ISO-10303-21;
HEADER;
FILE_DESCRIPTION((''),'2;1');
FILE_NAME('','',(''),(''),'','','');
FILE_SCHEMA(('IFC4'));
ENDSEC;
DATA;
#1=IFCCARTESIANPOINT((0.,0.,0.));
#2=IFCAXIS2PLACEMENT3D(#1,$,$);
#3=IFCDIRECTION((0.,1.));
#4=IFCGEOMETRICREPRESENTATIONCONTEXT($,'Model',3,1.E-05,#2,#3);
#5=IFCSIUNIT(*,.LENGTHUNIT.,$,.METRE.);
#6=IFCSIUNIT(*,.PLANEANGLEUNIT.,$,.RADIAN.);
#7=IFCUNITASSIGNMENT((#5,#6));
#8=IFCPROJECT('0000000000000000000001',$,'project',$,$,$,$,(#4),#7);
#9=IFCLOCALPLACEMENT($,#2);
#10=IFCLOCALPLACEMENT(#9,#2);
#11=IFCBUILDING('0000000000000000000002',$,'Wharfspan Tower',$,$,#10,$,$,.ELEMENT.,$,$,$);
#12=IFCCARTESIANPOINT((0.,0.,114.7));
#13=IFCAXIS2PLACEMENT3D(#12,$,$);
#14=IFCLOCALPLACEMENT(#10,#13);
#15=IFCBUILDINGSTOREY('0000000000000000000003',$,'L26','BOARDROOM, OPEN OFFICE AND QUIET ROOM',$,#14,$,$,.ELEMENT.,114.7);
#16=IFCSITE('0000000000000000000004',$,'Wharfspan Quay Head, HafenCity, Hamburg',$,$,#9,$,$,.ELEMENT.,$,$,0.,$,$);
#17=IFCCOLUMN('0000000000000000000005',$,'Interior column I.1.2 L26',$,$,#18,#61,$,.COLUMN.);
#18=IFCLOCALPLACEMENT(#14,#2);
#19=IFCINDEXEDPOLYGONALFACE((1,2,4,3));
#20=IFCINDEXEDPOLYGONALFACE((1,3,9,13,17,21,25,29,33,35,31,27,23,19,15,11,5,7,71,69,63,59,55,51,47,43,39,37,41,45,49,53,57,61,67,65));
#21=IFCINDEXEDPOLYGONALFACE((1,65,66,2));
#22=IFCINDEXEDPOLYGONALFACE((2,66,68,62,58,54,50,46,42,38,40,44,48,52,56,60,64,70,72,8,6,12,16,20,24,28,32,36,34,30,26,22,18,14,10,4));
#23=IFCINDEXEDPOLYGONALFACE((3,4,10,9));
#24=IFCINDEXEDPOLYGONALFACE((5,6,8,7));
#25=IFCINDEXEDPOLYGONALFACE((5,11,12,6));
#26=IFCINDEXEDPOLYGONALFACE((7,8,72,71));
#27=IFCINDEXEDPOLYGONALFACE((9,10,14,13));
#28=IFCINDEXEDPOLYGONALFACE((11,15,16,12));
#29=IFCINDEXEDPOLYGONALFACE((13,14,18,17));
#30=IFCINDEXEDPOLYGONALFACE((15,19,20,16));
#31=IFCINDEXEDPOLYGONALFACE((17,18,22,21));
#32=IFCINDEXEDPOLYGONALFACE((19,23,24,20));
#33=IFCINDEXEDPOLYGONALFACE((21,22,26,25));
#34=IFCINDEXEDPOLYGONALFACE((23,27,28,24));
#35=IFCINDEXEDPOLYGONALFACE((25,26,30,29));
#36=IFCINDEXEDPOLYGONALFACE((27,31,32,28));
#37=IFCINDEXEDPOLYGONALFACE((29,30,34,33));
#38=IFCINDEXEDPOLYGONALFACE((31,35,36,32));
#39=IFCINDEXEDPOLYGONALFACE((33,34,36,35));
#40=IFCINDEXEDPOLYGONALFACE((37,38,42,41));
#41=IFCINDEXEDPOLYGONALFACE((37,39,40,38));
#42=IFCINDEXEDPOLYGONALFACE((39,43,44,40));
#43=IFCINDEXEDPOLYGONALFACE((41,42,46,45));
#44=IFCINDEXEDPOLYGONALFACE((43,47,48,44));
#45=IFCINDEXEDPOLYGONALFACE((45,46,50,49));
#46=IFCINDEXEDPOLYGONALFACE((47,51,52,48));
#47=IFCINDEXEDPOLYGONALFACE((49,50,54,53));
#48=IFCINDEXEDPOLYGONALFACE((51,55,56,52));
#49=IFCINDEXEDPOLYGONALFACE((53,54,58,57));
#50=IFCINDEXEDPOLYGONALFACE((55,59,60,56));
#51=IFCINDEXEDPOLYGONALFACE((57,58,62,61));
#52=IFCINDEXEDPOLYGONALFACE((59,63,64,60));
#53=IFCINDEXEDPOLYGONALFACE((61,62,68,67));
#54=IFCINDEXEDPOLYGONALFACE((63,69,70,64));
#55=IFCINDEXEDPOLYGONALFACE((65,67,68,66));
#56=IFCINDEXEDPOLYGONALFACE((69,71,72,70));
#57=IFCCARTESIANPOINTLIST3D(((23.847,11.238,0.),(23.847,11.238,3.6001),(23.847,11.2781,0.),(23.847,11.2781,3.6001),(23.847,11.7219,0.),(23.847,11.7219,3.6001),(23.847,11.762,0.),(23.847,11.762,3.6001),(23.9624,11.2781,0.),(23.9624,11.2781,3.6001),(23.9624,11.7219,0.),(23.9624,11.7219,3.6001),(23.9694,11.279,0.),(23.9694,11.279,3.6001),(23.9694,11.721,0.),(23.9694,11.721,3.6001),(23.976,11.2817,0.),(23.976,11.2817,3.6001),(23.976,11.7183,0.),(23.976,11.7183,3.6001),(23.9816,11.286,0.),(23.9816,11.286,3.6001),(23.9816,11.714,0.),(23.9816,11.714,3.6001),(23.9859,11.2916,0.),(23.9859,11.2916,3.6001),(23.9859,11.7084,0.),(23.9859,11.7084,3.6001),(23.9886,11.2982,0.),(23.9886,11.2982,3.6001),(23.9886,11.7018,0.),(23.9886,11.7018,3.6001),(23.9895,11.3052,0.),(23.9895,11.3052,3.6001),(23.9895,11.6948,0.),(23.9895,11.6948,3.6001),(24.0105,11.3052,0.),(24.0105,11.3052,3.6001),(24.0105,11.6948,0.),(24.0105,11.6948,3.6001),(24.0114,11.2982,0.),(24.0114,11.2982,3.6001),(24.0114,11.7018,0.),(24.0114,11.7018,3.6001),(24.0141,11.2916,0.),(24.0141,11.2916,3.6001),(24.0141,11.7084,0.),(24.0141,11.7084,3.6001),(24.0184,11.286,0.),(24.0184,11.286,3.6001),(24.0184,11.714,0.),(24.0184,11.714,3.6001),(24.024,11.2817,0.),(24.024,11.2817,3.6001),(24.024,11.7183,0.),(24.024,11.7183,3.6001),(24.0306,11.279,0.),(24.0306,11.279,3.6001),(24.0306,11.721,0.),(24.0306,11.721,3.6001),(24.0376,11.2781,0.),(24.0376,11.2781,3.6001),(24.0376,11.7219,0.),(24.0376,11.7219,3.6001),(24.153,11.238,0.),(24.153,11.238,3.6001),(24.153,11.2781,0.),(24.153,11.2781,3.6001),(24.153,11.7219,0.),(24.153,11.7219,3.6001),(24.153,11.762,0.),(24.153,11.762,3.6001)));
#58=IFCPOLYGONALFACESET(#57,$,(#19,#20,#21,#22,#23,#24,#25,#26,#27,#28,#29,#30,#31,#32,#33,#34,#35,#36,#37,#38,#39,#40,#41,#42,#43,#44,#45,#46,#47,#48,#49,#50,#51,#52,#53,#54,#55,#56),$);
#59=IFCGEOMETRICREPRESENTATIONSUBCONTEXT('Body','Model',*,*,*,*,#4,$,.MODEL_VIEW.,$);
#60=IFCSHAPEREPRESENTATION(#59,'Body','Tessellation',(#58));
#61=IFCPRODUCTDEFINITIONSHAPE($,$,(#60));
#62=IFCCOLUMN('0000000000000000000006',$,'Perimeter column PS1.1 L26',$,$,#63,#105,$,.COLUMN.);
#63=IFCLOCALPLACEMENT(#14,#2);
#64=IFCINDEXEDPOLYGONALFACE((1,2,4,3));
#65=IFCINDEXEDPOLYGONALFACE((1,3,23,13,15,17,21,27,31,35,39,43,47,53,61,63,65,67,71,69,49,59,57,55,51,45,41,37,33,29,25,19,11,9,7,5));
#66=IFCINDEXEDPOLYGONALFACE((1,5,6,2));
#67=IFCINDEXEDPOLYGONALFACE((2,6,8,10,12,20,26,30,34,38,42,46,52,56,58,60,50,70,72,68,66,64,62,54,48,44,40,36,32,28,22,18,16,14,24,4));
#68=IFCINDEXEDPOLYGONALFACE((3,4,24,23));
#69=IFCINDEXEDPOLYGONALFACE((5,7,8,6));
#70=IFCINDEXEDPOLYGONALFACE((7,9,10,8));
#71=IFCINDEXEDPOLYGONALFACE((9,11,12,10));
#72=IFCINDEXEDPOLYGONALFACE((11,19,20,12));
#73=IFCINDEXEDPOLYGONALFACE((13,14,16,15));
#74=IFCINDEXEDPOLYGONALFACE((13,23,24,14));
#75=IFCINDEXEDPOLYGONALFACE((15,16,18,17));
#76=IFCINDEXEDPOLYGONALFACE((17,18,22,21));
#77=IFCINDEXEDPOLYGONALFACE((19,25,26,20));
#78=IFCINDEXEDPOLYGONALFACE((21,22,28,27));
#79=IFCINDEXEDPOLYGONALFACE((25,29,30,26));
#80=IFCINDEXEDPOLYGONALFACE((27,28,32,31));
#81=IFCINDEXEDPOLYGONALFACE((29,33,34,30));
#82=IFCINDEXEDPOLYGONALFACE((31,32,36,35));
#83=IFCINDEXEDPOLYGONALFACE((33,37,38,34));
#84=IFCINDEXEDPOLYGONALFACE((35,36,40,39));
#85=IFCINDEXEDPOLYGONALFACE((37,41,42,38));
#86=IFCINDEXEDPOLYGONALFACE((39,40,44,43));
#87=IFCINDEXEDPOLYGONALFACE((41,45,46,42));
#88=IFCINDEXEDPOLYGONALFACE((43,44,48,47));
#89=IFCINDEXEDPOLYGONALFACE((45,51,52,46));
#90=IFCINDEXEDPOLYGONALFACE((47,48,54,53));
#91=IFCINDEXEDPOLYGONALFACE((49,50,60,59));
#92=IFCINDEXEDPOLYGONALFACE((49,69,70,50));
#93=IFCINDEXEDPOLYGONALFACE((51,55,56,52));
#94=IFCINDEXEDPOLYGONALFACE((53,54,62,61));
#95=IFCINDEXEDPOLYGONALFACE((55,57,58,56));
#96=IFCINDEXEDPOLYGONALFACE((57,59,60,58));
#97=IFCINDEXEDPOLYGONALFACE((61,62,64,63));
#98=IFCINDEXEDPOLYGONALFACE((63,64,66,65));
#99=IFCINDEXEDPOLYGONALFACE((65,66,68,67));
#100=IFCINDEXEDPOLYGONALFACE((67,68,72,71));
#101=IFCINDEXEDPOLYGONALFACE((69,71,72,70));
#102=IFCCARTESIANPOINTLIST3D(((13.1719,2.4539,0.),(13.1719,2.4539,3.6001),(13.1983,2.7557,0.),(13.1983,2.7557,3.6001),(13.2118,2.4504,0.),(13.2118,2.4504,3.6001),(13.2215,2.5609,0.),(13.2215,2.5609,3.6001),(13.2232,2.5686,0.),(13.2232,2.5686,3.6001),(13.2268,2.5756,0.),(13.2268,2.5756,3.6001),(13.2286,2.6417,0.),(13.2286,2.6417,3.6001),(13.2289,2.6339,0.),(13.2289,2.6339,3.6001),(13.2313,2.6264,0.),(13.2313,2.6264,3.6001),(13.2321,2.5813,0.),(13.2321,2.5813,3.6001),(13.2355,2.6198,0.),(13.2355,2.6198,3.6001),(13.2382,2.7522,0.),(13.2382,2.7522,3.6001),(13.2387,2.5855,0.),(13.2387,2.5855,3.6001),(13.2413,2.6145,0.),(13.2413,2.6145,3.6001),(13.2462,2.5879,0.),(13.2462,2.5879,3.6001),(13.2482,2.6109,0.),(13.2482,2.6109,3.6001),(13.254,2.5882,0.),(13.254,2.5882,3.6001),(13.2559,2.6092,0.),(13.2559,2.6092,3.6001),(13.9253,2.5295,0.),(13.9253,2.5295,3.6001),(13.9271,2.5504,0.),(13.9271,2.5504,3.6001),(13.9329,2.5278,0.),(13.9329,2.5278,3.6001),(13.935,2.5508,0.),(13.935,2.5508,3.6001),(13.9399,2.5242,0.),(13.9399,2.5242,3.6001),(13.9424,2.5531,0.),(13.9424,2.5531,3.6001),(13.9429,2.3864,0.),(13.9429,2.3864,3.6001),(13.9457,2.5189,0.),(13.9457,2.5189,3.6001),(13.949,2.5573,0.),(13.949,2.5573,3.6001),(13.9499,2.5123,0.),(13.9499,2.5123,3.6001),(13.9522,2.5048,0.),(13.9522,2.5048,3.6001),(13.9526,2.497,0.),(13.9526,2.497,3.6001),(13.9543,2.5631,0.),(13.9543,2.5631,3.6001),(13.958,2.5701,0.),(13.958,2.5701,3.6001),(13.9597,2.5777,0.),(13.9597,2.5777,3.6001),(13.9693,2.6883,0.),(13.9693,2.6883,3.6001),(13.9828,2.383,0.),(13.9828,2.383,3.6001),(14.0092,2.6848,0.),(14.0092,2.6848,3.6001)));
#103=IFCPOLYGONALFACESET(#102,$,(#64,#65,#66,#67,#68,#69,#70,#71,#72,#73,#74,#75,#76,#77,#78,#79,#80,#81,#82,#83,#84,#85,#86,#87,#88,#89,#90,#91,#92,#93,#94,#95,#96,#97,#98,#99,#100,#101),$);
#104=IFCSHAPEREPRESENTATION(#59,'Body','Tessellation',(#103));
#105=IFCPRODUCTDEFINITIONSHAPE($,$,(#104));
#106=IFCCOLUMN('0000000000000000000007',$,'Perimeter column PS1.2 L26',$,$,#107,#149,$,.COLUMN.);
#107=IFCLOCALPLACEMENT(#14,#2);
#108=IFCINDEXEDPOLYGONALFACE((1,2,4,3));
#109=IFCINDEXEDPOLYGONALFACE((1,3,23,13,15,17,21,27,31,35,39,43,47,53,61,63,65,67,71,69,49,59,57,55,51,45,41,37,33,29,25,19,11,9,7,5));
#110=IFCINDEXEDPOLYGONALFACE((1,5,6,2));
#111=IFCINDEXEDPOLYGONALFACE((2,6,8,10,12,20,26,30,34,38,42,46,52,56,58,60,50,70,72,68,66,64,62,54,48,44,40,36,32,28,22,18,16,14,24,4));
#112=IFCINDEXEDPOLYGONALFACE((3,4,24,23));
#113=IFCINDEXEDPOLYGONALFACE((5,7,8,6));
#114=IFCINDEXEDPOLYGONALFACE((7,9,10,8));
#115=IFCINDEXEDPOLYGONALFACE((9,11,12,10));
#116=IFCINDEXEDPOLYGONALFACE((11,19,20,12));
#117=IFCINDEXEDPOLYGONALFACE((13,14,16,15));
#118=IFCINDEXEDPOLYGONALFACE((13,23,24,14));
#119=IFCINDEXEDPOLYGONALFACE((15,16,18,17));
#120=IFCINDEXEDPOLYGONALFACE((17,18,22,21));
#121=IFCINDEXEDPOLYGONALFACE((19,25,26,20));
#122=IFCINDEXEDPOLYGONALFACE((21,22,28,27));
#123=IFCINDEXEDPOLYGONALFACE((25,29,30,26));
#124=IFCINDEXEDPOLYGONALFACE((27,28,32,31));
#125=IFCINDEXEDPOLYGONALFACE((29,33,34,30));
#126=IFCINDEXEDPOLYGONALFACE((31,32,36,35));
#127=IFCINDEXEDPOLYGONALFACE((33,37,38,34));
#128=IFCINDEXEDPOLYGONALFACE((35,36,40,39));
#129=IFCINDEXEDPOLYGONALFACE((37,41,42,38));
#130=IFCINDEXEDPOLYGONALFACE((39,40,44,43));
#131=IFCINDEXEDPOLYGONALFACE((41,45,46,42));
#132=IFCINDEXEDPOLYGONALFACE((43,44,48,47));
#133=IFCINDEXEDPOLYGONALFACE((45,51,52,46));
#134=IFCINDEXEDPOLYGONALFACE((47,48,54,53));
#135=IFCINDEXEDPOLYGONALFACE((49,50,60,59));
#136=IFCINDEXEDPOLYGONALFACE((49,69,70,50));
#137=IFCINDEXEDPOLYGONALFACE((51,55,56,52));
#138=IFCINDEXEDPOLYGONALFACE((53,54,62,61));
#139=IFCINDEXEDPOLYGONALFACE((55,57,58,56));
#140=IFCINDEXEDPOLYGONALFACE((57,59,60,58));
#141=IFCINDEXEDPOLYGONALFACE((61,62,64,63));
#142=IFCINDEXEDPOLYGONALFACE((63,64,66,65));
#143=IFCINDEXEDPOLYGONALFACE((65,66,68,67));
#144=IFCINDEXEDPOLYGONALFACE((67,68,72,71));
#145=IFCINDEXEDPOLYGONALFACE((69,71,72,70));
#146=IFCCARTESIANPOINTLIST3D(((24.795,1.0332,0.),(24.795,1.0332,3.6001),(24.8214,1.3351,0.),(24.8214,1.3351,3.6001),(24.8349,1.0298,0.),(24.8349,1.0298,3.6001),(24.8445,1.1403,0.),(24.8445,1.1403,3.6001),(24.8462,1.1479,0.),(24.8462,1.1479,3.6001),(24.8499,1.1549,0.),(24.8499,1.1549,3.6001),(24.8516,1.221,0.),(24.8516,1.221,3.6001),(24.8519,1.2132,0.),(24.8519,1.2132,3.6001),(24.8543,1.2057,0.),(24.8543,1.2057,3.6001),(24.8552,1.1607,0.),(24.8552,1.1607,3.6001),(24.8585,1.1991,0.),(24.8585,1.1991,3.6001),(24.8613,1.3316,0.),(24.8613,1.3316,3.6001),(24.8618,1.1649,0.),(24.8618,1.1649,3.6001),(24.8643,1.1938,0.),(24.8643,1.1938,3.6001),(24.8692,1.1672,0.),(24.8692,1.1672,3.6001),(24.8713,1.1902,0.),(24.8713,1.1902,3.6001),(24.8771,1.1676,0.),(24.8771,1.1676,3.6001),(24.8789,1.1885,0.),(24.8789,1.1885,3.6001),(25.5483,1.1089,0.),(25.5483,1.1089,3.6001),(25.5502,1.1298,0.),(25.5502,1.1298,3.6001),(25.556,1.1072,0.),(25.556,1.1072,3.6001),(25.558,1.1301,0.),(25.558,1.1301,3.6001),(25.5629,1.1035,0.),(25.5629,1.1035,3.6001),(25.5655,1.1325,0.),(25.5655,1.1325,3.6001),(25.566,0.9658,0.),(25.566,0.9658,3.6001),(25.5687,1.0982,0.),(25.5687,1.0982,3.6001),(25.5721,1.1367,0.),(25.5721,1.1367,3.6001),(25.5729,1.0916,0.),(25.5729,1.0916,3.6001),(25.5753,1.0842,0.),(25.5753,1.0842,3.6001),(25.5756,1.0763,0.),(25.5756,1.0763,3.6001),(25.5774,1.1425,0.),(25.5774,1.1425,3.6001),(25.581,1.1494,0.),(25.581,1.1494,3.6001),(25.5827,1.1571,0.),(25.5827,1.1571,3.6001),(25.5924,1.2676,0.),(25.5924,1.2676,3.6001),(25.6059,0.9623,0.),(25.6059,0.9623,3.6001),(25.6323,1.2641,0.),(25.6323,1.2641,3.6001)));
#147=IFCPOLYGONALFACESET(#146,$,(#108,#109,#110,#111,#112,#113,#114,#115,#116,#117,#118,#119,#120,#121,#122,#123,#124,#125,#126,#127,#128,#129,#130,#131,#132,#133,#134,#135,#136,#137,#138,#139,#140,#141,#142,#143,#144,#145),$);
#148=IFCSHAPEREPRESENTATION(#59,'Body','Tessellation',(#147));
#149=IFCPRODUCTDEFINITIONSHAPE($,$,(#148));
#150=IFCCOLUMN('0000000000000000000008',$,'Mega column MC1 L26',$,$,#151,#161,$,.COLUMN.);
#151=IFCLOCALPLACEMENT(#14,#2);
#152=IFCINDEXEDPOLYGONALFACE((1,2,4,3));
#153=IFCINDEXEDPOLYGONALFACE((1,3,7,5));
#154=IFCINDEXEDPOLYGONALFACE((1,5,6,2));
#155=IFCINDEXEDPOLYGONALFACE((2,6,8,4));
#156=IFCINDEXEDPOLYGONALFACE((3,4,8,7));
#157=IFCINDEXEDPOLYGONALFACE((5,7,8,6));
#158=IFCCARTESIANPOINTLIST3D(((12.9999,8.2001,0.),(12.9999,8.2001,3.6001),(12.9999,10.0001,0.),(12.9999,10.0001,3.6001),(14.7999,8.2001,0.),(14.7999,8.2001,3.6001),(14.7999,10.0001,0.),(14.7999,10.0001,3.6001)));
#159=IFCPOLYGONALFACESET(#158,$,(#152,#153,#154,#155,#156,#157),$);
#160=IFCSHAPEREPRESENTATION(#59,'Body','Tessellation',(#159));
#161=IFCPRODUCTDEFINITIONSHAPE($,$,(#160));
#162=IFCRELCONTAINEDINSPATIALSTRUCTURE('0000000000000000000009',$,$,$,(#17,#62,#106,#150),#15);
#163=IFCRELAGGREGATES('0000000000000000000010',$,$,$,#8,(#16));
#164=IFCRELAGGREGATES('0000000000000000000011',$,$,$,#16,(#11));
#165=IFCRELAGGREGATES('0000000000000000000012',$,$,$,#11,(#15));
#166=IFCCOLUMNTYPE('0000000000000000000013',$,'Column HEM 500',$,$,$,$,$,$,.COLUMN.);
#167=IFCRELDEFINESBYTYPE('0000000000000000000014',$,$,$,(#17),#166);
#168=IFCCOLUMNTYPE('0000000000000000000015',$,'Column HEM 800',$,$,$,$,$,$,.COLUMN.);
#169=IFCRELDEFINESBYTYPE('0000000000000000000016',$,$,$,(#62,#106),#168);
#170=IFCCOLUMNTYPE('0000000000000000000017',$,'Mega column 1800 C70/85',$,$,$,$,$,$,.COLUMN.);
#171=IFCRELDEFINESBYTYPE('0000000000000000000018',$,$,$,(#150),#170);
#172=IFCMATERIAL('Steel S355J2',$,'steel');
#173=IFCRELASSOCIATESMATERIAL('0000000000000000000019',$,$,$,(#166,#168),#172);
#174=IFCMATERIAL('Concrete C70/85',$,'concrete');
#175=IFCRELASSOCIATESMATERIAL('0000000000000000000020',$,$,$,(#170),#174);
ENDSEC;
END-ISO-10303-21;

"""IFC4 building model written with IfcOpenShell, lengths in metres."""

from ifc_helpers import new_model, si_unit, direction, frame, origin, origin_2d, place, context, subcontext, project, spatial, rectangle, i_section, extrude, material, material_profile, profile_set, type_object, element, save


model = new_model("IFC4")

# Units and contexts
model_context = context("Model", 3, precision=1e-05, world=origin(), true_north=direction((0.0, 1.0)))
body_context = subcontext(model_context, "Body", "Model", "MODEL_VIEW")
ifc_project = project(units=[si_unit("LENGTHUNIT", "METRE"), si_unit("PLANEANGLEUNIT", "RADIAN")], contexts=[model_context])

# Site, building, storey
site_placement = place(None, origin())
site = spatial("IfcSite", under=ifc_project, at=site_placement, Name="Wharfspan Quay Head, HafenCity, Hamburg", CompositionType="ELEMENT", RefElevation=0.0)
building_placement = place(site_placement, origin())
building = spatial("IfcBuilding", under=site, at=building_placement, Name="Wharfspan Tower", CompositionType="ELEMENT")
storey_placement = place(building_placement, frame((0.0, 0.0, 114.7)))
storey = spatial("IfcBuildingStorey", under=building, at=storey_placement, Name="L26", Description="BOARDROOM, OPEN OFFICE AND QUIET ROOM", CompositionType="ELEMENT", Elevation=114.7)

# Columns
ifc_material_1 = material(Name="Steel S355J2", Category="steel")
ifc_material_profile_1 = material_profile(ifc_material_1, i_section(OverallWidth=0.3059, OverallDepth=0.5239, WebThickness=0.021, FlangeThickness=0.04, FilletRadius=0.0271, at=origin_2d()))
ifc_profile_set_1 = profile_set([ifc_material_profile_1], Name="Steel S355J2")
column_type_1 = type_object("IfcColumnType", Name="Column HEM 500", PredefinedType="COLUMN", material=ifc_profile_set_1)
column_1_placement = place(storey_placement, frame((24.0, 11.5, 0.0), z_axis=(0.0, 0.0, 1.0), x_axis=(1.0, 0.0, 0.0)))
element("IfcColumn", 1, at=column_1_placement, inside=storey, type_object=column_type_1, Name="Interior column I.1.2 L26", PredefinedType="COLUMN", context=body_context, shape_type="SweptSolid", body=[
    extrude(i_section(OverallWidth=0.3059, OverallDepth=0.5239, WebThickness=0.021, FlangeThickness=0.04, FilletRadius=0.0271, at=origin_2d()), origin(), (0.0, 0.0, 1.0), 3.6001),
])
ifc_material_profile_2 = material_profile(ifc_material_1, i_section(OverallWidth=0.303, OverallDepth=0.814, WebThickness=0.021, FlangeThickness=0.04, FilletRadius=0.03, at=origin_2d()))
ifc_profile_set_2 = profile_set([ifc_material_profile_2], Name="Steel S355J2")
column_type_2 = type_object("IfcColumnType", Name="Column HEM 800", PredefinedType="COLUMN", material=ifc_profile_set_2)
for number, where, z_axis, x_axis, name in (
    (2, (13.5906, 2.5693, 0.0), (0.0, 0.0, 1.0), (-0.087156, -0.996198, 0.0), "Perimeter column PS1.1 L26"),
    (3, (25.2136, 1.1487, 0.0), (0.0, 0.0, 1.0), (-0.087156, -0.996198, 0.0), "Perimeter column PS1.2 L26"),
):
    element("IfcColumn", number, at=place(storey_placement, frame(where, z_axis=z_axis, x_axis=x_axis)), inside=storey, type_object=column_type_2, Name=name, PredefinedType="COLUMN", context=body_context, shape_type="SweptSolid", body=[
        extrude(i_section(OverallWidth=0.303, OverallDepth=0.814, WebThickness=0.021, FlangeThickness=0.04, FilletRadius=0.03, at=origin_2d()), origin(), (0.0, 0.0, 1.0), 3.6001),
    ])
ifc_material_2 = material(Name="Concrete C70/85", Category="concrete")
ifc_material_profile_3 = material_profile(ifc_material_2, rectangle(XDim=1.8, YDim=1.8, at=origin_2d()))
ifc_profile_set_3 = profile_set([ifc_material_profile_3], Name="Concrete C70/85")
column_type_3 = type_object("IfcColumnType", Name="Mega column 1800 C70/85", PredefinedType="COLUMN", material=ifc_profile_set_3)
column_2_placement = place(storey_placement, frame((13.8999, 9.1001, 0.0), z_axis=(0.0, 0.0, 1.0), x_axis=(1.0, 0.0, 0.0)))
element("IfcColumn", 4, at=column_2_placement, inside=storey, type_object=column_type_3, Name="Mega column MC1 L26", PredefinedType="COLUMN", context=body_context, shape_type="SweptSolid", body=[
    extrude(rectangle(XDim=1.8, YDim=1.8, at=origin_2d()), origin(), (0.0, 0.0, 1.0), 3.6001),
])

save(model, "model.ifc")
